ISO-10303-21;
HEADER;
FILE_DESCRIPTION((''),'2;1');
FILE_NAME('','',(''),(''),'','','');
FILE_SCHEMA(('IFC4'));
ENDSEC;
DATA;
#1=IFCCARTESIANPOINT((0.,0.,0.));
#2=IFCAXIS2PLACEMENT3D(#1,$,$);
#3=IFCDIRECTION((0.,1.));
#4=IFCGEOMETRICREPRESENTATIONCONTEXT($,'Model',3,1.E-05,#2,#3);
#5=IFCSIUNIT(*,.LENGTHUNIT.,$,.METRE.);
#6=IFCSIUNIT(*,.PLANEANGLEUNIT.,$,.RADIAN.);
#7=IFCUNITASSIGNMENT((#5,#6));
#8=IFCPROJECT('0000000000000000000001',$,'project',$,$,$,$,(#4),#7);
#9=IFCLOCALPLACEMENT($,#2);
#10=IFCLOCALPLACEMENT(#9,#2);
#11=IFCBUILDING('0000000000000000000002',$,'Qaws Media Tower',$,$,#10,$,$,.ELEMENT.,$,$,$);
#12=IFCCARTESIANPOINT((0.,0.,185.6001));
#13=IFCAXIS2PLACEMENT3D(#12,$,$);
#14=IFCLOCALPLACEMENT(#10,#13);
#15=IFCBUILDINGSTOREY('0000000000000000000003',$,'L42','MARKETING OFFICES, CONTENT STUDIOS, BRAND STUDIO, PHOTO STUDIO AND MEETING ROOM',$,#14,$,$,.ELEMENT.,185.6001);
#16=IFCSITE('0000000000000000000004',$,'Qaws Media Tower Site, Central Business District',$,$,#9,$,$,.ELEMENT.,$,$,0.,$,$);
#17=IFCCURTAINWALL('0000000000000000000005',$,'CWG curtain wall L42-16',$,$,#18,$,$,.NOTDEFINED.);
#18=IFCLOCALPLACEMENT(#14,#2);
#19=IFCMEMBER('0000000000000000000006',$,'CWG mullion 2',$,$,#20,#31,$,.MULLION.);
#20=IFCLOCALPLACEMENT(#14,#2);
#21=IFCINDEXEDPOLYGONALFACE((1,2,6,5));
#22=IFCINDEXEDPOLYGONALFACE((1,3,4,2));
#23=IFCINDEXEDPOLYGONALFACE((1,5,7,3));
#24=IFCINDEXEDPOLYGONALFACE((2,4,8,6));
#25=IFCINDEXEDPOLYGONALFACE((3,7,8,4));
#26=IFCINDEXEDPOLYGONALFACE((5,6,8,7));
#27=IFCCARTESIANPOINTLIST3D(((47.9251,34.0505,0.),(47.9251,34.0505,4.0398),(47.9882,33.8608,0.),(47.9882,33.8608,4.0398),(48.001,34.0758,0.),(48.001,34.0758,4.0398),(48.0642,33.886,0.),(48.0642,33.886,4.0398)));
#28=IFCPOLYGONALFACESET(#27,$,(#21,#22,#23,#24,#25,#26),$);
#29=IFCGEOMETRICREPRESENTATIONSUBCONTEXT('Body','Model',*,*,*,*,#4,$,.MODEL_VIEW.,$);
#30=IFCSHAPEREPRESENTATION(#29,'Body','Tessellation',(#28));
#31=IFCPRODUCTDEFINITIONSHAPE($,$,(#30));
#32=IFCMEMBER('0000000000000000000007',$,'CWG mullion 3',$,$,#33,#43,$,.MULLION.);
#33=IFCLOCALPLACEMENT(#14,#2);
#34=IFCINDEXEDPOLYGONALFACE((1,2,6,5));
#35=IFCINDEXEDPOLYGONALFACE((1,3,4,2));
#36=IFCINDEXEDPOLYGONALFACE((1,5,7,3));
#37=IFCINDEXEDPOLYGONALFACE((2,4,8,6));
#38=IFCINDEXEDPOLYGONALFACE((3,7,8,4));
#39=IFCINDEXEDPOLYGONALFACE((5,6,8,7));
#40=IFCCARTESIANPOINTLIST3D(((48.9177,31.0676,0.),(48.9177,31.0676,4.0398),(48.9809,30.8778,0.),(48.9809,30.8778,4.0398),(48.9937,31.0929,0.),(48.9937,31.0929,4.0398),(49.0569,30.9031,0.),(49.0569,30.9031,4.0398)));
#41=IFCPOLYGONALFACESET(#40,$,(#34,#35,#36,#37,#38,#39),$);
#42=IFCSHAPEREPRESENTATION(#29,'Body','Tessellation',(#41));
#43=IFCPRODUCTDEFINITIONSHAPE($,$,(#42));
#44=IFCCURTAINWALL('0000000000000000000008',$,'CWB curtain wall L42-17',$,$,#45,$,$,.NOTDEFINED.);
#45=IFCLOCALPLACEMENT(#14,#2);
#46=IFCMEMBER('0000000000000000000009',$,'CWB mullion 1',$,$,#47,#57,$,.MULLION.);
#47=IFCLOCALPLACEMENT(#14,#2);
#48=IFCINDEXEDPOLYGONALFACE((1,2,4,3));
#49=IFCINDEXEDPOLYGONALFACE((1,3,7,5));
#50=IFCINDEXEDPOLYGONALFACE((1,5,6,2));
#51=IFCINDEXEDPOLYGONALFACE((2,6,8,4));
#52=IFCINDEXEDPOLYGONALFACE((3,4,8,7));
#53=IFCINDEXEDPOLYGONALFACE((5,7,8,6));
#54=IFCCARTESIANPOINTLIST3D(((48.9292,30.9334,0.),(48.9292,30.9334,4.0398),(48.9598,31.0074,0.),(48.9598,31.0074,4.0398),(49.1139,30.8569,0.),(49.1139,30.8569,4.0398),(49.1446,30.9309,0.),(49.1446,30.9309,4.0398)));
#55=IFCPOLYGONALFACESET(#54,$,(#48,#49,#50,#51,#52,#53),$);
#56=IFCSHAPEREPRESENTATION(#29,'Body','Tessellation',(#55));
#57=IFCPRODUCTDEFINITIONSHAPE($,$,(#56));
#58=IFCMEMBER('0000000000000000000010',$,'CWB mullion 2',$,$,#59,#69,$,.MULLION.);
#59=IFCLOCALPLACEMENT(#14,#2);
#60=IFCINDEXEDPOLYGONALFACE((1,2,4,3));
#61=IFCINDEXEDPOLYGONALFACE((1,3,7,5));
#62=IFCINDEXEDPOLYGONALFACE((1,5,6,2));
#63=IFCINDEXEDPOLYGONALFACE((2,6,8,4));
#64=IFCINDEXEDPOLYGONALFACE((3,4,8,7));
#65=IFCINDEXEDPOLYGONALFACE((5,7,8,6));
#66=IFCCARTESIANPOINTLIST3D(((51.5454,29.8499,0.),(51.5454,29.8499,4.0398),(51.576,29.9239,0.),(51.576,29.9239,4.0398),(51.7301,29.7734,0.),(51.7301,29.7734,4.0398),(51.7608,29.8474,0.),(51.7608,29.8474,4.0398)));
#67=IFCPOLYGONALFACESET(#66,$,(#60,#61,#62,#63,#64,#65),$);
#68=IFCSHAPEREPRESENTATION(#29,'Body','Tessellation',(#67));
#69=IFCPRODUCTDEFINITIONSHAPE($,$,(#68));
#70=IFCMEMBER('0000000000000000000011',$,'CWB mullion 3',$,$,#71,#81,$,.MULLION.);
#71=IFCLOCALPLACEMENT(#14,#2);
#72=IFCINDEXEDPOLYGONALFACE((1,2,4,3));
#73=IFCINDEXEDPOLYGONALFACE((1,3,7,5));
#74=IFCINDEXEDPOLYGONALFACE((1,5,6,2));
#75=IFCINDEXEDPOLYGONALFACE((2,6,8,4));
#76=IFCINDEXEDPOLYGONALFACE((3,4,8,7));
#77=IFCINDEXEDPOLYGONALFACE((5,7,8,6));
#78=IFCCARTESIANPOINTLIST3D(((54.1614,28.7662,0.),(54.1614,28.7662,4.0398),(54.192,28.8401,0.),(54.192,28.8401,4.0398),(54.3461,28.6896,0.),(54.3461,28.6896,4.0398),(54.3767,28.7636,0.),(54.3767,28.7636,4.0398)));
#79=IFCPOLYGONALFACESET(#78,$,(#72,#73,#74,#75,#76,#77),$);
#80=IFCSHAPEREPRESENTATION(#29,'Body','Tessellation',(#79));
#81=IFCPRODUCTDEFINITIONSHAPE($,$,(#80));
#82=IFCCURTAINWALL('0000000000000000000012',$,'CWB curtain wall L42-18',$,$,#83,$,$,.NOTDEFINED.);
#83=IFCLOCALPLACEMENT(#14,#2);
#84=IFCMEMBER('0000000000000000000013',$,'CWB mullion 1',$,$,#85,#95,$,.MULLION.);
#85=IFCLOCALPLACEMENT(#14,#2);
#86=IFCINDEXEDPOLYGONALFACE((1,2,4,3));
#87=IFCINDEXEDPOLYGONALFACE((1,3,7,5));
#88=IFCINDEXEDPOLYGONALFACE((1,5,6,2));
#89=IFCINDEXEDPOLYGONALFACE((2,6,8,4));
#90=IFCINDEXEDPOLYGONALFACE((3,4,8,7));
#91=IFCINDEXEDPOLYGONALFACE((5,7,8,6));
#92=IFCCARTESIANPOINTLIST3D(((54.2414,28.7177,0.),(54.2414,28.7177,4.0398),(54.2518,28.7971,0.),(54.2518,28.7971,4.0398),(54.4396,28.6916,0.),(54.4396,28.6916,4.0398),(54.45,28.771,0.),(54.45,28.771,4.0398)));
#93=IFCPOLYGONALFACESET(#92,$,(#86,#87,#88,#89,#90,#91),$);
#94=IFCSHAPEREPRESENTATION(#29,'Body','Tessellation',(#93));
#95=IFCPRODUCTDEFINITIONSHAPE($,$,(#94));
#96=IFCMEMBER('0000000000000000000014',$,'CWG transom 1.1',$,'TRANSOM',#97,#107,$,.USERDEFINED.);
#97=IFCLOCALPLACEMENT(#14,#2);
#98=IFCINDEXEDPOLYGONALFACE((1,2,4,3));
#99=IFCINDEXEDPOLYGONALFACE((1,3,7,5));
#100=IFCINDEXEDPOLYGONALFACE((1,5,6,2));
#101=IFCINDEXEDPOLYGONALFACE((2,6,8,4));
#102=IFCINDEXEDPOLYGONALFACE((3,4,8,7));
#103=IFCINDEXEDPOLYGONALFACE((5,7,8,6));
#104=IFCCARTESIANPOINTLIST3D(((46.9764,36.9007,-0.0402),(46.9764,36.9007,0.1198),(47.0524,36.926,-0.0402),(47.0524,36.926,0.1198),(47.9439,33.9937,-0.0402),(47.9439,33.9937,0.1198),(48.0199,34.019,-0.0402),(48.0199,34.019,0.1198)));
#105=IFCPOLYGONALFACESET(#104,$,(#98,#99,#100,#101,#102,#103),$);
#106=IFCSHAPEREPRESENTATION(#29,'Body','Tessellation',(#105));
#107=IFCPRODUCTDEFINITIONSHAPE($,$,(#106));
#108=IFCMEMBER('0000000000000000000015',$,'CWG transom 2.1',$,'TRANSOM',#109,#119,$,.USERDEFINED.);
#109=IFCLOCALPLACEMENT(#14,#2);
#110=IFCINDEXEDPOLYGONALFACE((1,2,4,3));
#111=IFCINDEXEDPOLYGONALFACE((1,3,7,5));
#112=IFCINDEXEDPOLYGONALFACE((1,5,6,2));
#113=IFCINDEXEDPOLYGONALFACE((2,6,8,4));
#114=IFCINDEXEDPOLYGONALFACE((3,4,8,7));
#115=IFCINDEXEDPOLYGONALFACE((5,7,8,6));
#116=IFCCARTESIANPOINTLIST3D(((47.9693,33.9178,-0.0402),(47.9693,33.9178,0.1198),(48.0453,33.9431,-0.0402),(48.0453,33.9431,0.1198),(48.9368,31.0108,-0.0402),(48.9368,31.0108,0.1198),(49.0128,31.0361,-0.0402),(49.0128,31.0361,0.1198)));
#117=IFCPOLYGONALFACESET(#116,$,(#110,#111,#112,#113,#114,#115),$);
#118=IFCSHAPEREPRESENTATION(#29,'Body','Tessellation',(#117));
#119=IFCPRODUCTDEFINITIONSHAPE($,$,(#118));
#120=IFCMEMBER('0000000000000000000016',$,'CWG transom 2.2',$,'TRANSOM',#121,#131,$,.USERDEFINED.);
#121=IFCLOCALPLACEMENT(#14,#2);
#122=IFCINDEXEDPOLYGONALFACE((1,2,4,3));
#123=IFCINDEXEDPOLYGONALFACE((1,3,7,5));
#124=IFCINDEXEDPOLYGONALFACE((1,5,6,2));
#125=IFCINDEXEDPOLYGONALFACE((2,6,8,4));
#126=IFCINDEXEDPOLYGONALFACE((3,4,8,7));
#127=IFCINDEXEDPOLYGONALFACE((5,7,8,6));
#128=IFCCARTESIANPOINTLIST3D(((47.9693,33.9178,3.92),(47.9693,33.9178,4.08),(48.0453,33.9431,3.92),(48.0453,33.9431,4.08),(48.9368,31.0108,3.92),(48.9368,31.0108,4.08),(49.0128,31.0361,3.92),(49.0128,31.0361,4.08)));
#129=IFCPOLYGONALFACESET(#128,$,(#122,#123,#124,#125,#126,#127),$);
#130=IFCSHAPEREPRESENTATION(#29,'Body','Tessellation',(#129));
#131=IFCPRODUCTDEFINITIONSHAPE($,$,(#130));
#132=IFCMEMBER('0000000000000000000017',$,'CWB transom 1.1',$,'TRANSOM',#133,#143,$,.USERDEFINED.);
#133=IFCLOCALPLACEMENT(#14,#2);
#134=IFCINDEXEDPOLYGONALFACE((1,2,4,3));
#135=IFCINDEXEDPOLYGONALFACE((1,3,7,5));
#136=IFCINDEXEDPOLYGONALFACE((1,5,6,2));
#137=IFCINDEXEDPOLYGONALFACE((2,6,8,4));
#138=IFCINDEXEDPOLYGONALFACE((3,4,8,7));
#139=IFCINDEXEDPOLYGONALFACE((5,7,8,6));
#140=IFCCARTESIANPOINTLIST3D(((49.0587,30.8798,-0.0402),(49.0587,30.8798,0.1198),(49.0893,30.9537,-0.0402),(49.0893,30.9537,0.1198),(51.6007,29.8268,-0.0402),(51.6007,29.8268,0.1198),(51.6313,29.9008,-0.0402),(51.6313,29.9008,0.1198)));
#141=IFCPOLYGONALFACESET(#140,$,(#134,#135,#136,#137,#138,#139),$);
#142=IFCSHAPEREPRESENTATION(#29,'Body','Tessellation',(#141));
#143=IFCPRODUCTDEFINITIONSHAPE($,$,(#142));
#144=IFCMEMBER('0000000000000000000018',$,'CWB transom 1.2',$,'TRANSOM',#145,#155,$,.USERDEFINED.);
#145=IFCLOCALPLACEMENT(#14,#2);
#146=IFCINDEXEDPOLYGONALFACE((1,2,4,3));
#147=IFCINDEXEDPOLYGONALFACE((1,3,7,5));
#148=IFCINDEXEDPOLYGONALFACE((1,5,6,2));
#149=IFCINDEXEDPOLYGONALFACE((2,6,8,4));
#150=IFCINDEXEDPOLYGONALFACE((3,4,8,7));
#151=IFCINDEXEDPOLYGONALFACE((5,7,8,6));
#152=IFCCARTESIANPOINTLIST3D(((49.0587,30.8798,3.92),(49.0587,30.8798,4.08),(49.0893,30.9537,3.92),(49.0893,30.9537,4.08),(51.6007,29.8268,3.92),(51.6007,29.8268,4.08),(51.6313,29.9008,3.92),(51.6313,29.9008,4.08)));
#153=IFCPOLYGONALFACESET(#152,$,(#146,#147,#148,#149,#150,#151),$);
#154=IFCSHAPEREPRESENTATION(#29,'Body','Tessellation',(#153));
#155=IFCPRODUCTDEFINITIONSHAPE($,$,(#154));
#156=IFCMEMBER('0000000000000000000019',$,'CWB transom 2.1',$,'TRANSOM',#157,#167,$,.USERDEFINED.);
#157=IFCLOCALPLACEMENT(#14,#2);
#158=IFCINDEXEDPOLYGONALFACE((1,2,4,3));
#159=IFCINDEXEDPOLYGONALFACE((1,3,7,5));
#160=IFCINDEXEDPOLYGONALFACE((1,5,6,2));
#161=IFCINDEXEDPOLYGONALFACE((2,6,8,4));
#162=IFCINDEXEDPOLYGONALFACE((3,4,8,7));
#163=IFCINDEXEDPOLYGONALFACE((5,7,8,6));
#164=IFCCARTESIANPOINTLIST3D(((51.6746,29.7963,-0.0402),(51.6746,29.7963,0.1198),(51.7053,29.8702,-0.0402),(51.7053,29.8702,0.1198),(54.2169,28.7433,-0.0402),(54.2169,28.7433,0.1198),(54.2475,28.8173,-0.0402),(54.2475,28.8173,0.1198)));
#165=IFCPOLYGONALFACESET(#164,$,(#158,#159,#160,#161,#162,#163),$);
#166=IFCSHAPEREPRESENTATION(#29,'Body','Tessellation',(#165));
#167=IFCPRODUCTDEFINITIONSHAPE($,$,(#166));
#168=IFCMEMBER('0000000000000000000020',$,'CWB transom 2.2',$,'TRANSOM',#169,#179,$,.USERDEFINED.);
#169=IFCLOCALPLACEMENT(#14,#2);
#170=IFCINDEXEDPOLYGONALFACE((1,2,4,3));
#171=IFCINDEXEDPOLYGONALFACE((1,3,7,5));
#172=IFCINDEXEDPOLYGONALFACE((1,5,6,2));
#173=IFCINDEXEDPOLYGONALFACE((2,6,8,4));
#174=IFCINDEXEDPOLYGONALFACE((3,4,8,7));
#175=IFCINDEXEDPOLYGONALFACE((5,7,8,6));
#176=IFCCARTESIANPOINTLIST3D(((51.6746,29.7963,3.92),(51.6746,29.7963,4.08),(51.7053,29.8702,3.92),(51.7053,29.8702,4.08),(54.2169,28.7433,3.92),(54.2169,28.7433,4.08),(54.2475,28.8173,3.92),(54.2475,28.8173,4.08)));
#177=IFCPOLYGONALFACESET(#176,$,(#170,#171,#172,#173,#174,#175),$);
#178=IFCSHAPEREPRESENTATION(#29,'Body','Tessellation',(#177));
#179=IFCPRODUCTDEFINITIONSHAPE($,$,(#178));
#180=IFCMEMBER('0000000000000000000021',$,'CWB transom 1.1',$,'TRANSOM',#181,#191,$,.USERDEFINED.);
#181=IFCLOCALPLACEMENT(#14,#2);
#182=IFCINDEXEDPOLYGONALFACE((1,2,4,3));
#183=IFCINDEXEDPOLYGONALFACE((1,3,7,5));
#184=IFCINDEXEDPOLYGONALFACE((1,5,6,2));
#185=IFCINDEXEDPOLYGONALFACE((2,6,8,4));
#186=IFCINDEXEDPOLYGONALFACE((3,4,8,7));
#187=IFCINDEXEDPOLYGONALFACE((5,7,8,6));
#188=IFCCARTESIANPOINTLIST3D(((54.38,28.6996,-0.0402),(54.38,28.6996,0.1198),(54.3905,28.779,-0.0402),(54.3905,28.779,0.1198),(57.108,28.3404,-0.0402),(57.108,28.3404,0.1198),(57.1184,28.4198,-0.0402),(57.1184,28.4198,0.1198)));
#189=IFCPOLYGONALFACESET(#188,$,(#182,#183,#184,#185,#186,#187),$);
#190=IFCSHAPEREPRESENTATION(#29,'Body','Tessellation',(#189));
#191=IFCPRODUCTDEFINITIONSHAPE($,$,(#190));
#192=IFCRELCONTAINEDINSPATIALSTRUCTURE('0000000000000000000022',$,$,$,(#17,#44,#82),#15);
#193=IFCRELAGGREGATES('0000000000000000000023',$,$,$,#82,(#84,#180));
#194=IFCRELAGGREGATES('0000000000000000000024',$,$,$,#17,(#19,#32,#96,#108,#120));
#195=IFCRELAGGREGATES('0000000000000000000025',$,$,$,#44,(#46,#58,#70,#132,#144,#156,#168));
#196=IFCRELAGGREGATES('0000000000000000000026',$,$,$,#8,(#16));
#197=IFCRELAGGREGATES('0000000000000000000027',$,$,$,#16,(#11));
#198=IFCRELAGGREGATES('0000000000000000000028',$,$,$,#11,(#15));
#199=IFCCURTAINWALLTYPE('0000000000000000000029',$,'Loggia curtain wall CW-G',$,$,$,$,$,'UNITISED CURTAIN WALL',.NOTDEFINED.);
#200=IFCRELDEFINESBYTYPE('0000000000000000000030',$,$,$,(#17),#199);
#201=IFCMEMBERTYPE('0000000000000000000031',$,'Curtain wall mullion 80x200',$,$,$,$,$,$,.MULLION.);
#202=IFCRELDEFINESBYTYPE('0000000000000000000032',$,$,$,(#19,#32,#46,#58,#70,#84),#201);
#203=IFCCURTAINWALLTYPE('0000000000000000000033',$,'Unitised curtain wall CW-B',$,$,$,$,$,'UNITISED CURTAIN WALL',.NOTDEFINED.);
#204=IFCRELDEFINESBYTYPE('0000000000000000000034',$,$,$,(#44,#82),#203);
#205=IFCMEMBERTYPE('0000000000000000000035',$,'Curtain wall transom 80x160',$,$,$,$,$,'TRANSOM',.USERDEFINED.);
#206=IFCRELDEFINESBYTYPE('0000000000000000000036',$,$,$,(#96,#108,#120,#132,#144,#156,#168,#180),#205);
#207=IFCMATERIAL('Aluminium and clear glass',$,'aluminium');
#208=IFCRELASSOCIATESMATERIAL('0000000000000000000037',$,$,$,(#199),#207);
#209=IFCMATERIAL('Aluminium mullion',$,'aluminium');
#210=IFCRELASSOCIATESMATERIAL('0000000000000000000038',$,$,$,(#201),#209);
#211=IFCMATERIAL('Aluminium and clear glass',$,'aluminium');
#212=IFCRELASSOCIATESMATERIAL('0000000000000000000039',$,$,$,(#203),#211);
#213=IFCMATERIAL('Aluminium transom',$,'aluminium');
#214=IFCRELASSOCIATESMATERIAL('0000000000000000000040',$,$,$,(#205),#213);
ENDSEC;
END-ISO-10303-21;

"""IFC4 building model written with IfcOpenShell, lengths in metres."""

from ifc_helpers import new_model, si_unit, direction, frame, origin, origin_2d, place, context, subcontext, project, spatial, rectangle, extrude, material, material_profile, profile_set, type_object, element, aggregate, save


model = new_model("IFC4")

# Units and contexts
model_context = context("Model", 3, precision=1e-05, world=origin(), true_north=direction((0.0, 1.0)))
body_context = subcontext(model_context, "Body", "Model", "MODEL_VIEW")
ifc_project = project(units=[si_unit("LENGTHUNIT", "METRE"), si_unit("PLANEANGLEUNIT", "RADIAN")], contexts=[model_context])

# Site, building, storey
site_placement = place(None, origin())
site = spatial("IfcSite", under=ifc_project, at=site_placement, Name="Qaws Media Tower Site, Central Business District", CompositionType="ELEMENT", RefElevation=0.0)
building_placement = place(site_placement, origin())
building = spatial("IfcBuilding", under=site, at=building_placement, Name="Qaws Media Tower", CompositionType="ELEMENT")
storey_placement = place(building_placement, frame((0.0, 0.0, 185.6001)))
storey = spatial("IfcBuildingStorey", under=building, at=storey_placement, Name="L42", Description="MARKETING OFFICES, CONTENT STUDIOS, BRAND STUDIO, PHOTO STUDIO AND MEETING ROOM", CompositionType="ELEMENT", Elevation=185.6001)

# Curtain walls, members
ifc_material_1 = material(Name="Aluminium and clear glass", Category="aluminium")
curtain_wall_type_1 = type_object("IfcCurtainWallType", Name="Loggia curtain wall CW-G", ElementType="UNITISED CURTAIN WALL", PredefinedType="NOTDEFINED", material=ifc_material_1)
curtain_wall_1_placement = place(storey_placement, origin())
curtain_wall_1 = element("IfcCurtainWall", 1, at=curtain_wall_1_placement, inside=storey, type_object=curtain_wall_type_1, Name="CWG curtain wall L42-16", PredefinedType="NOTDEFINED")
ifc_material_2 = material(Name="Aluminium mullion", Category="aluminium")
ifc_material_profile_1 = material_profile(ifc_material_2, rectangle(XDim=0.0801, YDim=0.2, at=origin_2d()), Name="80x200")
ifc_profile_set_1 = profile_set([ifc_material_profile_1], Name="Aluminium mullion")
member_type_1 = type_object("IfcMemberType", Name="Curtain wall mullion 80x200", PredefinedType="MULLION", material=ifc_profile_set_1)
member_1_placement = place(storey_placement, frame((47.9946, 33.9683, 0.0), z_axis=(0.0, 0.0, 1.0), x_axis=(0.948832, 0.31578, 0.0)))
member_1 = element("IfcMember", 2, at=member_1_placement, type_object=member_type_1, Name="CWG mullion 2", PredefinedType="MULLION", context=body_context, shape_type="SweptSolid", body=[
    extrude(rectangle(XDim=0.0801, YDim=0.2, at=origin_2d()), origin(), (0.0, 0.0, 1.0), 4.0398),
])
member_2_placement = place(storey_placement, frame((48.9873, 30.9854, 0.0), z_axis=(0.0, 0.0, 1.0), x_axis=(0.948832, 0.31578, 0.0)))
member_2 = element("IfcMember", 3, at=member_2_placement, type_object=member_type_1, Name="CWG mullion 3", PredefinedType="MULLION", context=body_context, shape_type="SweptSolid", body=[
    extrude(rectangle(XDim=0.0801, YDim=0.2, at=origin_2d()), origin(), (0.0, 0.0, 1.0), 4.0398),
])
ifc_material_3 = material(Name="Aluminium and clear glass", Category="aluminium")
curtain_wall_type_2 = type_object("IfcCurtainWallType", Name="Unitised curtain wall CW-B", ElementType="UNITISED CURTAIN WALL", PredefinedType="NOTDEFINED", material=ifc_material_3)
curtain_wall_2_placement = place(storey_placement, origin())
curtain_wall_2 = element("IfcCurtainWall", 4, at=curtain_wall_2_placement, inside=storey, type_object=curtain_wall_type_2, Name="CWB curtain wall L42-17", PredefinedType="NOTDEFINED")
member_3_placement = place(storey_placement, frame((49.0369, 30.9321, 0.0), z_axis=(0.0, 0.0, 1.0), x_axis=(0.382683, 0.92388, 0.0)))
member_3 = element("IfcMember", 5, at=member_3_placement, type_object=member_type_1, Name="CWB mullion 1", PredefinedType="MULLION", context=body_context, shape_type="SweptSolid", body=[
    extrude(rectangle(XDim=0.0801, YDim=0.2, at=origin_2d()), origin(), (0.0, 0.0, 1.0), 4.0398),
])
member_4_placement = place(storey_placement, frame((51.6531, 29.8486, 0.0), z_axis=(0.0, 0.0, 1.0), x_axis=(0.382683, 0.92388, 0.0)))
member_4 = element("IfcMember", 6, at=member_4_placement, type_object=member_type_1, Name="CWB mullion 2", PredefinedType="MULLION", context=body_context, shape_type="SweptSolid", body=[
    extrude(rectangle(XDim=0.0801, YDim=0.2, at=origin_2d()), origin(), (0.0, 0.0, 1.0), 4.0398),
])
member_5_placement = place(storey_placement, frame((54.269, 28.7649, 0.0), z_axis=(0.0, 0.0, 1.0), x_axis=(0.382683, 0.92388, 0.0)))
member_5 = element("IfcMember", 7, at=member_5_placement, type_object=member_type_1, Name="CWB mullion 3", PredefinedType="MULLION", context=body_context, shape_type="SweptSolid", body=[
    extrude(rectangle(XDim=0.0801, YDim=0.2, at=origin_2d()), origin(), (0.0, 0.0, 1.0), 4.0398),
])

# Curtain wall, member
curtain_wall_3_placement = place(storey_placement, origin())
curtain_wall_3 = element("IfcCurtainWall", 8, at=curtain_wall_3_placement, inside=storey, type_object=curtain_wall_type_2, Name="CWB curtain wall L42-18", PredefinedType="NOTDEFINED")
member_6_placement = place(storey_placement, frame((54.3457, 28.7444, 0.0), z_axis=(0.0, 0.0, 1.0), x_axis=(0.130526, 0.991445, 0.0)))
member_6 = element("IfcMember", 9, at=member_6_placement, type_object=member_type_1, Name="CWB mullion 1", PredefinedType="MULLION", context=body_context, shape_type="SweptSolid", body=[
    extrude(rectangle(XDim=0.0801, YDim=0.2, at=origin_2d()), origin(), (0.0, 0.0, 1.0), 4.0398),
])

# Members
ifc_material_4 = material(Name="Aluminium transom", Category="aluminium")
ifc_material_profile_2 = material_profile(ifc_material_4, rectangle(XDim=0.0801, YDim=0.1599, at=origin_2d()), Name="80x160")
ifc_profile_set_2 = profile_set([ifc_material_profile_2], Name="Aluminium transom")
member_type_2 = type_object("IfcMemberType", Name="Curtain wall transom 80x160", ElementType="TRANSOM", PredefinedType="USERDEFINED", material=ifc_profile_set_2)
member_7_placement = place(storey_placement, frame((47.0144, 36.9133, 0.0398), z_axis=(0.315797, -0.948827, 0.0), x_axis=(0.948827, 0.315797, 0.0)))
member_7 = element("IfcMember", 10, at=member_7_placement, type_object=member_type_2, Name="CWG transom 1.1", ObjectType="TRANSOM", PredefinedType="USERDEFINED", context=body_context, shape_type="SweptSolid", body=[
    extrude(rectangle(XDim=0.0801, YDim=0.1599, at=origin_2d()), origin(), (0.0, 0.0, 1.0), 3.0637),
])
member_8_placement = place(storey_placement, frame((48.0073, 33.9304, 0.0398), z_axis=(0.315797, -0.948827, 0.0), x_axis=(0.948827, 0.315797, 0.0)))
member_8 = element("IfcMember", 11, at=member_8_placement, type_object=member_type_2, Name="CWG transom 2.1", ObjectType="TRANSOM", PredefinedType="USERDEFINED", context=body_context, shape_type="SweptSolid", body=[
    extrude(rectangle(XDim=0.0801, YDim=0.1599, at=origin_2d()), origin(), (0.0, 0.0, 1.0), 3.0637),
])
member_9_placement = place(storey_placement, frame((48.0073, 33.9304, 4.0), z_axis=(0.315797, -0.948827, 0.0), x_axis=(0.948827, 0.315797, 0.0)))
member_9 = element("IfcMember", 12, at=member_9_placement, type_object=member_type_2, Name="CWG transom 2.2", ObjectType="TRANSOM", PredefinedType="USERDEFINED", context=body_context, shape_type="SweptSolid", body=[
    extrude(rectangle(XDim=0.0801, YDim=0.1599, at=origin_2d()), origin(), (0.0, 0.0, 1.0), 3.0637),
])
member_10_placement = place(storey_placement, frame((49.074, 30.9167, 0.0398), z_axis=(0.923873, -0.382699, 0.0), x_axis=(0.382699, 0.923873, 0.0)))
member_10 = element("IfcMember", 13, at=member_10_placement, type_object=member_type_2, Name="CWB transom 1.1", ObjectType="TRANSOM", PredefinedType="USERDEFINED", context=body_context, shape_type="SweptSolid", body=[
    extrude(rectangle(XDim=0.0801, YDim=0.1599, at=origin_2d()), origin(), (0.0, 0.0, 1.0), 2.7515),
])
member_11_placement = place(storey_placement, frame((49.074, 30.9167, 4.0), z_axis=(0.923873, -0.382699, 0.0), x_axis=(0.382699, 0.923873, 0.0)))
member_11 = element("IfcMember", 14, at=member_11_placement, type_object=member_type_2, Name="CWB transom 1.2", ObjectType="TRANSOM", PredefinedType="USERDEFINED", context=body_context, shape_type="SweptSolid", body=[
    extrude(rectangle(XDim=0.0801, YDim=0.1599, at=origin_2d()), origin(), (0.0, 0.0, 1.0), 2.7515),
])
member_12_placement = place(storey_placement, frame((51.6899, 29.8333, 0.0398), z_axis=(0.923886, -0.382668, 0.0), x_axis=(0.382668, 0.923886, 0.0)))
member_12 = element("IfcMember", 15, at=member_12_placement, type_object=member_type_2, Name="CWB transom 2.1", ObjectType="TRANSOM", PredefinedType="USERDEFINED", context=body_context, shape_type="SweptSolid", body=[
    extrude(rectangle(XDim=0.0801, YDim=0.1599, at=origin_2d()), origin(), (0.0, 0.0, 1.0), 2.7517),
])
member_13_placement = place(storey_placement, frame((51.6899, 29.8333, 4.0), z_axis=(0.923886, -0.382668, 0.0), x_axis=(0.382668, 0.923886, 0.0)))
member_13 = element("IfcMember", 16, at=member_13_placement, type_object=member_type_2, Name="CWB transom 2.2", ObjectType="TRANSOM", PredefinedType="USERDEFINED", context=body_context, shape_type="SweptSolid", body=[
    extrude(rectangle(XDim=0.0801, YDim=0.1599, at=origin_2d()), origin(), (0.0, 0.0, 1.0), 2.7517),
])
member_14_placement = place(storey_placement, frame((54.3853, 28.7393, 0.0398), z_axis=(0.991446, -0.130519, 0.0), x_axis=(0.130519, 0.991446, 0.0)))
member_14 = element("IfcMember", 17, at=member_14_placement, type_object=member_type_2, Name="CWB transom 1.1", ObjectType="TRANSOM", PredefinedType="USERDEFINED", context=body_context, shape_type="SweptSolid", body=[
    extrude(rectangle(XDim=0.0801, YDim=0.1599, at=origin_2d()), origin(), (0.0, 0.0, 1.0), 2.7515),
])
aggregate(curtain_wall_3, [member_6, member_14])

aggregate(curtain_wall_1, [member_1, member_2, member_7, member_8, member_9])
aggregate(curtain_wall_2, [member_3, member_4, member_5, member_10, member_11, member_12, member_13])

save(model, "model.ifc")
